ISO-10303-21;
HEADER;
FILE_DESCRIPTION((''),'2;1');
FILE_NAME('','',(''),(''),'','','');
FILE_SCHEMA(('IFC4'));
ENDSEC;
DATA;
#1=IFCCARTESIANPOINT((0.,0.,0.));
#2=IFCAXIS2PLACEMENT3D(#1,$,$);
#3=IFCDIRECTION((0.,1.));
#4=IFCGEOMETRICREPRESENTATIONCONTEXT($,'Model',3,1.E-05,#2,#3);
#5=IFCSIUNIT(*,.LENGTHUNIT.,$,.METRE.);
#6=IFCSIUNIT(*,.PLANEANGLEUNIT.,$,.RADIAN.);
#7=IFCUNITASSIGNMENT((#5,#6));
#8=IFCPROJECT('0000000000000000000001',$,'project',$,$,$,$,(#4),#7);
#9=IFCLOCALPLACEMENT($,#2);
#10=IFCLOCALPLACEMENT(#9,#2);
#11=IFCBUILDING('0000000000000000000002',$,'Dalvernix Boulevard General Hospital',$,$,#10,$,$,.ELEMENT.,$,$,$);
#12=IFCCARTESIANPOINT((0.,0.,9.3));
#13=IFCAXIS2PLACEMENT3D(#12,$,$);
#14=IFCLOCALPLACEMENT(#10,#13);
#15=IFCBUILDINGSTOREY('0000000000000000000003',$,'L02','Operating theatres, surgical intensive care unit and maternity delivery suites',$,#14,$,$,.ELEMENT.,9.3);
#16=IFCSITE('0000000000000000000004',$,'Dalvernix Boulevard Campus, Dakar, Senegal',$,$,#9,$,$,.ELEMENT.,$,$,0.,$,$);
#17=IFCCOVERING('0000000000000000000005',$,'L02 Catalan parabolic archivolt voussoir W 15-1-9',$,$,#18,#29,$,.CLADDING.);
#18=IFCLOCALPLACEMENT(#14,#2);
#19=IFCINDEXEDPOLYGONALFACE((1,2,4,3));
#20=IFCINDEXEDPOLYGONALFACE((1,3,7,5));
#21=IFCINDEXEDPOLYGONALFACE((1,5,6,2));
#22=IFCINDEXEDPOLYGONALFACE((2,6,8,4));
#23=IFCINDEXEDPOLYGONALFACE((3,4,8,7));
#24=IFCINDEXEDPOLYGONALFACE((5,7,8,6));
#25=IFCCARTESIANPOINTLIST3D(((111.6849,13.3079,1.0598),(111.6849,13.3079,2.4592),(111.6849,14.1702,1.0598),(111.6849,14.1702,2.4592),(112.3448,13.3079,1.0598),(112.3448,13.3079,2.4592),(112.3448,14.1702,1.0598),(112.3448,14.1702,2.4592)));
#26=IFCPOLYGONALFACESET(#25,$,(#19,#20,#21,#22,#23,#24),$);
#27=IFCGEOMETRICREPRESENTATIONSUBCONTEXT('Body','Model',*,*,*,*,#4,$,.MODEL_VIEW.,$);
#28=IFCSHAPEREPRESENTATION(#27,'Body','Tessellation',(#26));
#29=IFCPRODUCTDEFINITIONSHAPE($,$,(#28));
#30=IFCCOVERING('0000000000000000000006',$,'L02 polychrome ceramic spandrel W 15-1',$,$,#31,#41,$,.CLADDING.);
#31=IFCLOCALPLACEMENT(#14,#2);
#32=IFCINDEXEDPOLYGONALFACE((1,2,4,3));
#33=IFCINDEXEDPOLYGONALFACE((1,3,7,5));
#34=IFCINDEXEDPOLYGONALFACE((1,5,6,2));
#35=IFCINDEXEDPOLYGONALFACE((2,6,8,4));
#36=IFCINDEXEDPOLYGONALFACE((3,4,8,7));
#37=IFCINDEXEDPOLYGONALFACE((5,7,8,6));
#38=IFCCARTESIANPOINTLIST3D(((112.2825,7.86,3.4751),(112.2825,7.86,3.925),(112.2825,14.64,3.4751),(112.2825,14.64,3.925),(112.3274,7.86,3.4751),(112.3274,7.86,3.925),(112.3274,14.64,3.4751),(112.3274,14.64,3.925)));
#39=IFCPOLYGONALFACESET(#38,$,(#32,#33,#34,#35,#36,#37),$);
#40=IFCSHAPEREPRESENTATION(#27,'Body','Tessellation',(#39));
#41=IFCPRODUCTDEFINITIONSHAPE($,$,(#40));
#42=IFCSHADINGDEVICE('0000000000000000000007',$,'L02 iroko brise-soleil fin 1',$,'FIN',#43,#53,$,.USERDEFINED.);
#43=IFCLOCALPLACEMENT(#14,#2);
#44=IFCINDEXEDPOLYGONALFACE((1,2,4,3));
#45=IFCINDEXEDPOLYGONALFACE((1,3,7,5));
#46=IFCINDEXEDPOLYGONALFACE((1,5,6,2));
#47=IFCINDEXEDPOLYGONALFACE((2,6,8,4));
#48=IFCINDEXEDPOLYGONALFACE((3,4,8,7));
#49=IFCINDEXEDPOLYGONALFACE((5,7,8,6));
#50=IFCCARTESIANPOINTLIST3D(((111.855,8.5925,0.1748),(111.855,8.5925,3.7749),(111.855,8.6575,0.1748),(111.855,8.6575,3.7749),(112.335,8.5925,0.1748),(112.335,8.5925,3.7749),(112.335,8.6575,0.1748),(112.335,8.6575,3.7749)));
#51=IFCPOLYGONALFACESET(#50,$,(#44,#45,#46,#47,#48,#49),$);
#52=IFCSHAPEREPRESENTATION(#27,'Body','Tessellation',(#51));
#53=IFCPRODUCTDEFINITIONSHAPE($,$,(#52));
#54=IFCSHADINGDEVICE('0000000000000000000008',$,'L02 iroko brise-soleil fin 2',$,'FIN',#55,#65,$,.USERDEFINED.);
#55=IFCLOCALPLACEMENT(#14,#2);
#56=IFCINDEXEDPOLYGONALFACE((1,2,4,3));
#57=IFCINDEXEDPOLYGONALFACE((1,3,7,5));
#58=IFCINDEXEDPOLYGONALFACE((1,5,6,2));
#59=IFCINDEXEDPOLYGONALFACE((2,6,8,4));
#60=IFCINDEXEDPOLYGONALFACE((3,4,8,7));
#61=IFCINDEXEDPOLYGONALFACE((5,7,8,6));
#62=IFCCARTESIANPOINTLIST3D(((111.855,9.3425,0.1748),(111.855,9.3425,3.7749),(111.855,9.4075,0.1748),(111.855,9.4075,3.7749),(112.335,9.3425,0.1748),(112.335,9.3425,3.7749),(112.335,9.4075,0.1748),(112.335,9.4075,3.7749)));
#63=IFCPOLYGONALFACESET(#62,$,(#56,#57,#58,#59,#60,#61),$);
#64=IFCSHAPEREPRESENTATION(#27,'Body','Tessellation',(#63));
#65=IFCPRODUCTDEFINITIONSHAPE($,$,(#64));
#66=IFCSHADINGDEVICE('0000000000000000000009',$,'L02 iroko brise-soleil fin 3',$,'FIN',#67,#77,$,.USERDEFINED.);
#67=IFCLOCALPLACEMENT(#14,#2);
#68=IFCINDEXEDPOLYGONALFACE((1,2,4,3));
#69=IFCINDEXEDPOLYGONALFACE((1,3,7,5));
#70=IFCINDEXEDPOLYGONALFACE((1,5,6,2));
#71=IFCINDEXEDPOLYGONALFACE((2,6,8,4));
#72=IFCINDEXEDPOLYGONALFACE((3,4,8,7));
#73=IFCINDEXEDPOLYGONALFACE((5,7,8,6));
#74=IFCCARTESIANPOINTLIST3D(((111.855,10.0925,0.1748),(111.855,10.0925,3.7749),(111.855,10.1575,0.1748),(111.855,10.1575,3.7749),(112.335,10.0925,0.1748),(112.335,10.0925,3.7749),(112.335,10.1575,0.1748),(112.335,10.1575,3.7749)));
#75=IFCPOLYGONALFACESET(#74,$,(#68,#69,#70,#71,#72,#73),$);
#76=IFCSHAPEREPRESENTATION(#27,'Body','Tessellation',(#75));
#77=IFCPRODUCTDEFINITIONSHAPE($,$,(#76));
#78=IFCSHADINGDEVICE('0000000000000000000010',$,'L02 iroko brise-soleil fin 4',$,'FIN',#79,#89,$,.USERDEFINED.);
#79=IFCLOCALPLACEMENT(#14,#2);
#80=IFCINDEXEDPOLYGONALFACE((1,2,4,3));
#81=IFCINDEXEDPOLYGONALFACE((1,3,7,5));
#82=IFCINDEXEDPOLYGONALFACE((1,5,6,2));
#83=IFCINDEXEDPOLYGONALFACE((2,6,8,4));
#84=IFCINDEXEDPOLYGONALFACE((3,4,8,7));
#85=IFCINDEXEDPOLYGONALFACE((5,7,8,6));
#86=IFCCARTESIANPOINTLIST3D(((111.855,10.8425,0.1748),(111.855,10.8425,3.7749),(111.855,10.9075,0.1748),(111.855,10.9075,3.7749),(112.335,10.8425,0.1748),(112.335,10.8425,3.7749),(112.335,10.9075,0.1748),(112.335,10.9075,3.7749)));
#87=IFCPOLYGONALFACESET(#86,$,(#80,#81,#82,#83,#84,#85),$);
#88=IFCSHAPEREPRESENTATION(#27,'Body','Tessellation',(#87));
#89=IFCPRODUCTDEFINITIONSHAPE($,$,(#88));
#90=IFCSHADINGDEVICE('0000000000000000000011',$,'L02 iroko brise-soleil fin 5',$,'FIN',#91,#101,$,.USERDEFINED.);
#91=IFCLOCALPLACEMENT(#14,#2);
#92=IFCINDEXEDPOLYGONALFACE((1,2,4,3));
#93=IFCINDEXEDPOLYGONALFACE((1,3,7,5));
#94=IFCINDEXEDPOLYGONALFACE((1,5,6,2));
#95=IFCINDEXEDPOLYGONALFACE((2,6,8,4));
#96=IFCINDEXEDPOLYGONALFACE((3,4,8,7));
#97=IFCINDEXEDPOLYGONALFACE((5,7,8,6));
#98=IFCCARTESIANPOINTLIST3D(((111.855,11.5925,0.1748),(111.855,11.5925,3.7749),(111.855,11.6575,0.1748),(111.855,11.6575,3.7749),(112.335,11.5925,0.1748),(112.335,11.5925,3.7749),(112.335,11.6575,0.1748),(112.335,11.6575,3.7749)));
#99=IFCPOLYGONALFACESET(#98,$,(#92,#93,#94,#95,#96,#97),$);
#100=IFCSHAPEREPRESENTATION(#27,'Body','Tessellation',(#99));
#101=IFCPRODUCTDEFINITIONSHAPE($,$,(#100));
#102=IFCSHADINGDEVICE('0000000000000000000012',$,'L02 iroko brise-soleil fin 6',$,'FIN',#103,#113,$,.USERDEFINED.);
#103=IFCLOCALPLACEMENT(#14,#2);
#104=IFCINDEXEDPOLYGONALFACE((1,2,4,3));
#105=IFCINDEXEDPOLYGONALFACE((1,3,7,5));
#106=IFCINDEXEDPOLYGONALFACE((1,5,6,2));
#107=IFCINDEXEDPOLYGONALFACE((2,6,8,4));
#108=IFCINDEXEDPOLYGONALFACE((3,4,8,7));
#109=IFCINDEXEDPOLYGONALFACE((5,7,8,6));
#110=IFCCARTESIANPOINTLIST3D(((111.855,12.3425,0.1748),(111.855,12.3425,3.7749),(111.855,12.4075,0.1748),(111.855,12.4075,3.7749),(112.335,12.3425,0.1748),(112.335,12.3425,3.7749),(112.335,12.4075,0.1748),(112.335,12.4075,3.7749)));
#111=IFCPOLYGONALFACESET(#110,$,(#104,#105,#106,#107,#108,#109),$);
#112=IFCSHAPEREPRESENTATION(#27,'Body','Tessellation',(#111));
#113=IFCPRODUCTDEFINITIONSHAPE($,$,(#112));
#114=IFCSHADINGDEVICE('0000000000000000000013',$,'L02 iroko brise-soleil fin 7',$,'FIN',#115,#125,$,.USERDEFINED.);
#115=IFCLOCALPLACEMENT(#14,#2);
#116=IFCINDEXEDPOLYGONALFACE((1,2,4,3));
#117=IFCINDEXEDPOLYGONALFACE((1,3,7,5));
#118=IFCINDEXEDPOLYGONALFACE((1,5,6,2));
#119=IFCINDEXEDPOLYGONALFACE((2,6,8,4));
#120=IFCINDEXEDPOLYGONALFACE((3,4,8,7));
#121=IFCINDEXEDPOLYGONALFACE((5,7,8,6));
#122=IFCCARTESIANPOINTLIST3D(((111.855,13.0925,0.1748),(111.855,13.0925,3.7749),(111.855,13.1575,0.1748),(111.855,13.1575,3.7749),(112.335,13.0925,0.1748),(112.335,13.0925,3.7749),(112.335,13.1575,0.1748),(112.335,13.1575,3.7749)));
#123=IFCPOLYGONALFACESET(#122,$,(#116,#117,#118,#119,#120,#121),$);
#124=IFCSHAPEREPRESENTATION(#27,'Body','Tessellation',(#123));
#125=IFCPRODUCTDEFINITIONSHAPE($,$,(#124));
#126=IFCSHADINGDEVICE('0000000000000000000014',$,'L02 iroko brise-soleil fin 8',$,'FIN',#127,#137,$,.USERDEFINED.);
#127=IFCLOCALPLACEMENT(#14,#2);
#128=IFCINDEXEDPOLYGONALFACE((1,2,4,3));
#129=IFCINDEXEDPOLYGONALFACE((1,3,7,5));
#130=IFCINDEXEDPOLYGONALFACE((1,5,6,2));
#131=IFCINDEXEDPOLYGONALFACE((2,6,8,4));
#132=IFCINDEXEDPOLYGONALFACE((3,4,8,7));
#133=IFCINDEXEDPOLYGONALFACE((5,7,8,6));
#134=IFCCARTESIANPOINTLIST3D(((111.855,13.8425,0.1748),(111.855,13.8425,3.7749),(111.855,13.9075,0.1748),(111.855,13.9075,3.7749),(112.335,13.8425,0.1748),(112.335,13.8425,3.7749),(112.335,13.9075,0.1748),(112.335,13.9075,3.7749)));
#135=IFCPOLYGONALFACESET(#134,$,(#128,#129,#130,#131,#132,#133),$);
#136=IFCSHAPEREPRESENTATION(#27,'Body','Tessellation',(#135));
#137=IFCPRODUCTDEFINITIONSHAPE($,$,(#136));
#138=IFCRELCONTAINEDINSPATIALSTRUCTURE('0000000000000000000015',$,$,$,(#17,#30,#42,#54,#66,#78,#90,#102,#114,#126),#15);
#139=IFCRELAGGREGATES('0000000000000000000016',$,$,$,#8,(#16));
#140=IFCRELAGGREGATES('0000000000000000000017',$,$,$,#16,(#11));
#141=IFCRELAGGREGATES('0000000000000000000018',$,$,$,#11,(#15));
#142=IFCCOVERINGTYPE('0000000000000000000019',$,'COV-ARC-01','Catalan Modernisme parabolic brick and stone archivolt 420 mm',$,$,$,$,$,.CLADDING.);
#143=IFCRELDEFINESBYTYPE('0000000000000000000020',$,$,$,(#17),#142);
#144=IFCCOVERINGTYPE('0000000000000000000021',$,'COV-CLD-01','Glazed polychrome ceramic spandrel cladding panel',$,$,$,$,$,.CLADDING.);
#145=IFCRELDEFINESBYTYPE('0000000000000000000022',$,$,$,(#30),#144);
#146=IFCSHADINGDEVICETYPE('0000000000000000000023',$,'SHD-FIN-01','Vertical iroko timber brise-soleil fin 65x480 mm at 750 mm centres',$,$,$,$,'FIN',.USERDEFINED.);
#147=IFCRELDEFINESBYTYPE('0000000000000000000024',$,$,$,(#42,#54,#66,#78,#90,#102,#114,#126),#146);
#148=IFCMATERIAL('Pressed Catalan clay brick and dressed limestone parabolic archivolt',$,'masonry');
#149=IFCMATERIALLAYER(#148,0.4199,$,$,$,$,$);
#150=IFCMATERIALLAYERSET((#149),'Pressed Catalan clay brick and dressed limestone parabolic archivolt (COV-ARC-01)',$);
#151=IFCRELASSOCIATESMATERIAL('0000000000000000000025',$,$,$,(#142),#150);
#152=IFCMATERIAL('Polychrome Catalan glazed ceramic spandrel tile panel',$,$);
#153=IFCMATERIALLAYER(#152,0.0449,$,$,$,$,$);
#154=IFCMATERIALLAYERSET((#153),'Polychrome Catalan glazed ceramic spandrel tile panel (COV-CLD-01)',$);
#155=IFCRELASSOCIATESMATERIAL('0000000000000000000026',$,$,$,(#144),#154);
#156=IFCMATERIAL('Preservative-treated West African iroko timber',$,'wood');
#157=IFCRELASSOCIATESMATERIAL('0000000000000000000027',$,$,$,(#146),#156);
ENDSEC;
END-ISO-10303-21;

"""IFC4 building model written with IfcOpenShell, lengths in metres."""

from ifc_helpers import new_model, si_unit, direction, frame, origin, origin_2d, place, context, subcontext, project, spatial, rectangle, extrude, material, layer, layer_set, type_object, element, save


model = new_model("IFC4")

# Units and contexts
model_context = context("Model", 3, precision=1e-05, world=origin(), true_north=direction((0.0, 1.0)))
body_context = subcontext(model_context, "Body", "Model", "MODEL_VIEW")
ifc_project = project(units=[si_unit("LENGTHUNIT", "METRE"), si_unit("PLANEANGLEUNIT", "RADIAN")], contexts=[model_context])

# Site, building, storey
site_placement = place(None, origin())
site = spatial("IfcSite", under=ifc_project, at=site_placement, Name="Dalvernix Boulevard Campus, Dakar, Senegal", CompositionType="ELEMENT", RefElevation=0.0)
building_placement = place(site_placement, origin())
building = spatial("IfcBuilding", under=site, at=building_placement, Name="Dalvernix Boulevard General Hospital", CompositionType="ELEMENT")
storey_placement = place(building_placement, frame((0.0, 0.0, 9.3)))
storey = spatial("IfcBuildingStorey", under=building, at=storey_placement, Name="L02", Description="Operating theatres, surgical intensive care unit and maternity delivery suites", CompositionType="ELEMENT", Elevation=9.3)

# Coverings
ifc_material_1 = material(Name="Pressed Catalan clay brick and dressed limestone parabolic archivolt", Category="masonry")
ifc_layer_1 = layer(ifc_material_1, 0.4199)
ifc_layer_set_1 = layer_set([ifc_layer_1], Name="Pressed Catalan clay brick and dressed limestone parabolic archivolt (COV-ARC-01)")
covering_type_1 = type_object("IfcCoveringType", Name="COV-ARC-01", Description="Catalan Modernisme parabolic brick and stone archivolt 420 mm", PredefinedType="CLADDING", material=ifc_layer_set_1)
covering_1_placement = place(storey_placement, frame((112.0149, 13.739, 1.0598), z_axis=(0.0, 0.0, 1.0), x_axis=(0.0, 1.0, 0.0)))
element("IfcCovering", 1, at=covering_1_placement, inside=storey, type_object=covering_type_1, Name="L02 Catalan parabolic archivolt voussoir W 15-1-9", PredefinedType="CLADDING", context=body_context, shape_type="SweptSolid", body=[
    extrude(rectangle(XDim=0.8623, YDim=0.6599, at=origin_2d()), origin(), (0.0, 0.0, 1.0), 1.3994),
])
ifc_material_2 = material(Name="Polychrome Catalan glazed ceramic spandrel tile panel")
ifc_layer_2 = layer(ifc_material_2, 0.0449)
ifc_layer_set_2 = layer_set([ifc_layer_2], Name="Polychrome Catalan glazed ceramic spandrel tile panel (COV-CLD-01)")
covering_type_2 = type_object("IfcCoveringType", Name="COV-CLD-01", Description="Glazed polychrome ceramic spandrel cladding panel", PredefinedType="CLADDING", material=ifc_layer_set_2)
covering_2_placement = place(storey_placement, frame((112.3049, 11.25, 3.4751), z_axis=(0.0, 0.0, 1.0), x_axis=(0.0, 1.0, 0.0)))
element("IfcCovering", 2, at=covering_2_placement, inside=storey, type_object=covering_type_2, Name="L02 polychrome ceramic spandrel W 15-1", PredefinedType="CLADDING", context=body_context, shape_type="SweptSolid", body=[
    extrude(rectangle(XDim=6.78, YDim=0.0449, at=origin_2d()), origin(), (0.0, 0.0, 1.0), 0.45),
])

# Shading devices
ifc_material_3 = material(Name="Preservative-treated West African iroko timber", Category="wood")
shading_device_type = type_object("IfcShadingDeviceType", Name="SHD-FIN-01", Description="Vertical iroko timber brise-soleil fin 65x480 mm at 750 mm centres", ElementType="FIN", PredefinedType="USERDEFINED", material=ifc_material_3)
for number, where, z_axis, x_axis, name in (
    (3, (112.095, 8.625, 0.1748), (0.0, 0.0, 1.0), (0.0, 1.0, 0.0), "L02 iroko brise-soleil fin 1"),
    (4, (112.095, 9.375, 0.1748), (0.0, 0.0, 1.0), (0.0, 1.0, 0.0), "L02 iroko brise-soleil fin 2"),
    (5, (112.095, 10.125, 0.1748), (0.0, 0.0, 1.0), (0.0, 1.0, 0.0), "L02 iroko brise-soleil fin 3"),
    (6, (112.095, 10.875, 0.1748), (0.0, 0.0, 1.0), (0.0, 1.0, 0.0), "L02 iroko brise-soleil fin 4"),
    (7, (112.095, 11.625, 0.1748), (0.0, 0.0, 1.0), (0.0, 1.0, 0.0), "L02 iroko brise-soleil fin 5"),
    (8, (112.095, 12.375, 0.1748), (0.0, 0.0, 1.0), (0.0, 1.0, 0.0), "L02 iroko brise-soleil fin 6"),
    (9, (112.095, 13.125, 0.1748), (0.0, 0.0, 1.0), (0.0, 1.0, 0.0), "L02 iroko brise-soleil fin 7"),
    (10, (112.095, 13.875, 0.1748), (0.0, 0.0, 1.0), (0.0, 1.0, 0.0), "L02 iroko brise-soleil fin 8"),
):
    element("IfcShadingDevice", number, at=place(storey_placement, frame(where, z_axis=z_axis, x_axis=x_axis)), inside=storey, type_object=shading_device_type, Name=name, ObjectType="FIN", PredefinedType="USERDEFINED", context=body_context, shape_type="SweptSolid", body=[
        extrude(rectangle(XDim=0.0649, YDim=0.48, at=origin_2d()), origin(), (0.0, 0.0, 1.0), 3.6001),
    ])

save(model, "model.ifc")
